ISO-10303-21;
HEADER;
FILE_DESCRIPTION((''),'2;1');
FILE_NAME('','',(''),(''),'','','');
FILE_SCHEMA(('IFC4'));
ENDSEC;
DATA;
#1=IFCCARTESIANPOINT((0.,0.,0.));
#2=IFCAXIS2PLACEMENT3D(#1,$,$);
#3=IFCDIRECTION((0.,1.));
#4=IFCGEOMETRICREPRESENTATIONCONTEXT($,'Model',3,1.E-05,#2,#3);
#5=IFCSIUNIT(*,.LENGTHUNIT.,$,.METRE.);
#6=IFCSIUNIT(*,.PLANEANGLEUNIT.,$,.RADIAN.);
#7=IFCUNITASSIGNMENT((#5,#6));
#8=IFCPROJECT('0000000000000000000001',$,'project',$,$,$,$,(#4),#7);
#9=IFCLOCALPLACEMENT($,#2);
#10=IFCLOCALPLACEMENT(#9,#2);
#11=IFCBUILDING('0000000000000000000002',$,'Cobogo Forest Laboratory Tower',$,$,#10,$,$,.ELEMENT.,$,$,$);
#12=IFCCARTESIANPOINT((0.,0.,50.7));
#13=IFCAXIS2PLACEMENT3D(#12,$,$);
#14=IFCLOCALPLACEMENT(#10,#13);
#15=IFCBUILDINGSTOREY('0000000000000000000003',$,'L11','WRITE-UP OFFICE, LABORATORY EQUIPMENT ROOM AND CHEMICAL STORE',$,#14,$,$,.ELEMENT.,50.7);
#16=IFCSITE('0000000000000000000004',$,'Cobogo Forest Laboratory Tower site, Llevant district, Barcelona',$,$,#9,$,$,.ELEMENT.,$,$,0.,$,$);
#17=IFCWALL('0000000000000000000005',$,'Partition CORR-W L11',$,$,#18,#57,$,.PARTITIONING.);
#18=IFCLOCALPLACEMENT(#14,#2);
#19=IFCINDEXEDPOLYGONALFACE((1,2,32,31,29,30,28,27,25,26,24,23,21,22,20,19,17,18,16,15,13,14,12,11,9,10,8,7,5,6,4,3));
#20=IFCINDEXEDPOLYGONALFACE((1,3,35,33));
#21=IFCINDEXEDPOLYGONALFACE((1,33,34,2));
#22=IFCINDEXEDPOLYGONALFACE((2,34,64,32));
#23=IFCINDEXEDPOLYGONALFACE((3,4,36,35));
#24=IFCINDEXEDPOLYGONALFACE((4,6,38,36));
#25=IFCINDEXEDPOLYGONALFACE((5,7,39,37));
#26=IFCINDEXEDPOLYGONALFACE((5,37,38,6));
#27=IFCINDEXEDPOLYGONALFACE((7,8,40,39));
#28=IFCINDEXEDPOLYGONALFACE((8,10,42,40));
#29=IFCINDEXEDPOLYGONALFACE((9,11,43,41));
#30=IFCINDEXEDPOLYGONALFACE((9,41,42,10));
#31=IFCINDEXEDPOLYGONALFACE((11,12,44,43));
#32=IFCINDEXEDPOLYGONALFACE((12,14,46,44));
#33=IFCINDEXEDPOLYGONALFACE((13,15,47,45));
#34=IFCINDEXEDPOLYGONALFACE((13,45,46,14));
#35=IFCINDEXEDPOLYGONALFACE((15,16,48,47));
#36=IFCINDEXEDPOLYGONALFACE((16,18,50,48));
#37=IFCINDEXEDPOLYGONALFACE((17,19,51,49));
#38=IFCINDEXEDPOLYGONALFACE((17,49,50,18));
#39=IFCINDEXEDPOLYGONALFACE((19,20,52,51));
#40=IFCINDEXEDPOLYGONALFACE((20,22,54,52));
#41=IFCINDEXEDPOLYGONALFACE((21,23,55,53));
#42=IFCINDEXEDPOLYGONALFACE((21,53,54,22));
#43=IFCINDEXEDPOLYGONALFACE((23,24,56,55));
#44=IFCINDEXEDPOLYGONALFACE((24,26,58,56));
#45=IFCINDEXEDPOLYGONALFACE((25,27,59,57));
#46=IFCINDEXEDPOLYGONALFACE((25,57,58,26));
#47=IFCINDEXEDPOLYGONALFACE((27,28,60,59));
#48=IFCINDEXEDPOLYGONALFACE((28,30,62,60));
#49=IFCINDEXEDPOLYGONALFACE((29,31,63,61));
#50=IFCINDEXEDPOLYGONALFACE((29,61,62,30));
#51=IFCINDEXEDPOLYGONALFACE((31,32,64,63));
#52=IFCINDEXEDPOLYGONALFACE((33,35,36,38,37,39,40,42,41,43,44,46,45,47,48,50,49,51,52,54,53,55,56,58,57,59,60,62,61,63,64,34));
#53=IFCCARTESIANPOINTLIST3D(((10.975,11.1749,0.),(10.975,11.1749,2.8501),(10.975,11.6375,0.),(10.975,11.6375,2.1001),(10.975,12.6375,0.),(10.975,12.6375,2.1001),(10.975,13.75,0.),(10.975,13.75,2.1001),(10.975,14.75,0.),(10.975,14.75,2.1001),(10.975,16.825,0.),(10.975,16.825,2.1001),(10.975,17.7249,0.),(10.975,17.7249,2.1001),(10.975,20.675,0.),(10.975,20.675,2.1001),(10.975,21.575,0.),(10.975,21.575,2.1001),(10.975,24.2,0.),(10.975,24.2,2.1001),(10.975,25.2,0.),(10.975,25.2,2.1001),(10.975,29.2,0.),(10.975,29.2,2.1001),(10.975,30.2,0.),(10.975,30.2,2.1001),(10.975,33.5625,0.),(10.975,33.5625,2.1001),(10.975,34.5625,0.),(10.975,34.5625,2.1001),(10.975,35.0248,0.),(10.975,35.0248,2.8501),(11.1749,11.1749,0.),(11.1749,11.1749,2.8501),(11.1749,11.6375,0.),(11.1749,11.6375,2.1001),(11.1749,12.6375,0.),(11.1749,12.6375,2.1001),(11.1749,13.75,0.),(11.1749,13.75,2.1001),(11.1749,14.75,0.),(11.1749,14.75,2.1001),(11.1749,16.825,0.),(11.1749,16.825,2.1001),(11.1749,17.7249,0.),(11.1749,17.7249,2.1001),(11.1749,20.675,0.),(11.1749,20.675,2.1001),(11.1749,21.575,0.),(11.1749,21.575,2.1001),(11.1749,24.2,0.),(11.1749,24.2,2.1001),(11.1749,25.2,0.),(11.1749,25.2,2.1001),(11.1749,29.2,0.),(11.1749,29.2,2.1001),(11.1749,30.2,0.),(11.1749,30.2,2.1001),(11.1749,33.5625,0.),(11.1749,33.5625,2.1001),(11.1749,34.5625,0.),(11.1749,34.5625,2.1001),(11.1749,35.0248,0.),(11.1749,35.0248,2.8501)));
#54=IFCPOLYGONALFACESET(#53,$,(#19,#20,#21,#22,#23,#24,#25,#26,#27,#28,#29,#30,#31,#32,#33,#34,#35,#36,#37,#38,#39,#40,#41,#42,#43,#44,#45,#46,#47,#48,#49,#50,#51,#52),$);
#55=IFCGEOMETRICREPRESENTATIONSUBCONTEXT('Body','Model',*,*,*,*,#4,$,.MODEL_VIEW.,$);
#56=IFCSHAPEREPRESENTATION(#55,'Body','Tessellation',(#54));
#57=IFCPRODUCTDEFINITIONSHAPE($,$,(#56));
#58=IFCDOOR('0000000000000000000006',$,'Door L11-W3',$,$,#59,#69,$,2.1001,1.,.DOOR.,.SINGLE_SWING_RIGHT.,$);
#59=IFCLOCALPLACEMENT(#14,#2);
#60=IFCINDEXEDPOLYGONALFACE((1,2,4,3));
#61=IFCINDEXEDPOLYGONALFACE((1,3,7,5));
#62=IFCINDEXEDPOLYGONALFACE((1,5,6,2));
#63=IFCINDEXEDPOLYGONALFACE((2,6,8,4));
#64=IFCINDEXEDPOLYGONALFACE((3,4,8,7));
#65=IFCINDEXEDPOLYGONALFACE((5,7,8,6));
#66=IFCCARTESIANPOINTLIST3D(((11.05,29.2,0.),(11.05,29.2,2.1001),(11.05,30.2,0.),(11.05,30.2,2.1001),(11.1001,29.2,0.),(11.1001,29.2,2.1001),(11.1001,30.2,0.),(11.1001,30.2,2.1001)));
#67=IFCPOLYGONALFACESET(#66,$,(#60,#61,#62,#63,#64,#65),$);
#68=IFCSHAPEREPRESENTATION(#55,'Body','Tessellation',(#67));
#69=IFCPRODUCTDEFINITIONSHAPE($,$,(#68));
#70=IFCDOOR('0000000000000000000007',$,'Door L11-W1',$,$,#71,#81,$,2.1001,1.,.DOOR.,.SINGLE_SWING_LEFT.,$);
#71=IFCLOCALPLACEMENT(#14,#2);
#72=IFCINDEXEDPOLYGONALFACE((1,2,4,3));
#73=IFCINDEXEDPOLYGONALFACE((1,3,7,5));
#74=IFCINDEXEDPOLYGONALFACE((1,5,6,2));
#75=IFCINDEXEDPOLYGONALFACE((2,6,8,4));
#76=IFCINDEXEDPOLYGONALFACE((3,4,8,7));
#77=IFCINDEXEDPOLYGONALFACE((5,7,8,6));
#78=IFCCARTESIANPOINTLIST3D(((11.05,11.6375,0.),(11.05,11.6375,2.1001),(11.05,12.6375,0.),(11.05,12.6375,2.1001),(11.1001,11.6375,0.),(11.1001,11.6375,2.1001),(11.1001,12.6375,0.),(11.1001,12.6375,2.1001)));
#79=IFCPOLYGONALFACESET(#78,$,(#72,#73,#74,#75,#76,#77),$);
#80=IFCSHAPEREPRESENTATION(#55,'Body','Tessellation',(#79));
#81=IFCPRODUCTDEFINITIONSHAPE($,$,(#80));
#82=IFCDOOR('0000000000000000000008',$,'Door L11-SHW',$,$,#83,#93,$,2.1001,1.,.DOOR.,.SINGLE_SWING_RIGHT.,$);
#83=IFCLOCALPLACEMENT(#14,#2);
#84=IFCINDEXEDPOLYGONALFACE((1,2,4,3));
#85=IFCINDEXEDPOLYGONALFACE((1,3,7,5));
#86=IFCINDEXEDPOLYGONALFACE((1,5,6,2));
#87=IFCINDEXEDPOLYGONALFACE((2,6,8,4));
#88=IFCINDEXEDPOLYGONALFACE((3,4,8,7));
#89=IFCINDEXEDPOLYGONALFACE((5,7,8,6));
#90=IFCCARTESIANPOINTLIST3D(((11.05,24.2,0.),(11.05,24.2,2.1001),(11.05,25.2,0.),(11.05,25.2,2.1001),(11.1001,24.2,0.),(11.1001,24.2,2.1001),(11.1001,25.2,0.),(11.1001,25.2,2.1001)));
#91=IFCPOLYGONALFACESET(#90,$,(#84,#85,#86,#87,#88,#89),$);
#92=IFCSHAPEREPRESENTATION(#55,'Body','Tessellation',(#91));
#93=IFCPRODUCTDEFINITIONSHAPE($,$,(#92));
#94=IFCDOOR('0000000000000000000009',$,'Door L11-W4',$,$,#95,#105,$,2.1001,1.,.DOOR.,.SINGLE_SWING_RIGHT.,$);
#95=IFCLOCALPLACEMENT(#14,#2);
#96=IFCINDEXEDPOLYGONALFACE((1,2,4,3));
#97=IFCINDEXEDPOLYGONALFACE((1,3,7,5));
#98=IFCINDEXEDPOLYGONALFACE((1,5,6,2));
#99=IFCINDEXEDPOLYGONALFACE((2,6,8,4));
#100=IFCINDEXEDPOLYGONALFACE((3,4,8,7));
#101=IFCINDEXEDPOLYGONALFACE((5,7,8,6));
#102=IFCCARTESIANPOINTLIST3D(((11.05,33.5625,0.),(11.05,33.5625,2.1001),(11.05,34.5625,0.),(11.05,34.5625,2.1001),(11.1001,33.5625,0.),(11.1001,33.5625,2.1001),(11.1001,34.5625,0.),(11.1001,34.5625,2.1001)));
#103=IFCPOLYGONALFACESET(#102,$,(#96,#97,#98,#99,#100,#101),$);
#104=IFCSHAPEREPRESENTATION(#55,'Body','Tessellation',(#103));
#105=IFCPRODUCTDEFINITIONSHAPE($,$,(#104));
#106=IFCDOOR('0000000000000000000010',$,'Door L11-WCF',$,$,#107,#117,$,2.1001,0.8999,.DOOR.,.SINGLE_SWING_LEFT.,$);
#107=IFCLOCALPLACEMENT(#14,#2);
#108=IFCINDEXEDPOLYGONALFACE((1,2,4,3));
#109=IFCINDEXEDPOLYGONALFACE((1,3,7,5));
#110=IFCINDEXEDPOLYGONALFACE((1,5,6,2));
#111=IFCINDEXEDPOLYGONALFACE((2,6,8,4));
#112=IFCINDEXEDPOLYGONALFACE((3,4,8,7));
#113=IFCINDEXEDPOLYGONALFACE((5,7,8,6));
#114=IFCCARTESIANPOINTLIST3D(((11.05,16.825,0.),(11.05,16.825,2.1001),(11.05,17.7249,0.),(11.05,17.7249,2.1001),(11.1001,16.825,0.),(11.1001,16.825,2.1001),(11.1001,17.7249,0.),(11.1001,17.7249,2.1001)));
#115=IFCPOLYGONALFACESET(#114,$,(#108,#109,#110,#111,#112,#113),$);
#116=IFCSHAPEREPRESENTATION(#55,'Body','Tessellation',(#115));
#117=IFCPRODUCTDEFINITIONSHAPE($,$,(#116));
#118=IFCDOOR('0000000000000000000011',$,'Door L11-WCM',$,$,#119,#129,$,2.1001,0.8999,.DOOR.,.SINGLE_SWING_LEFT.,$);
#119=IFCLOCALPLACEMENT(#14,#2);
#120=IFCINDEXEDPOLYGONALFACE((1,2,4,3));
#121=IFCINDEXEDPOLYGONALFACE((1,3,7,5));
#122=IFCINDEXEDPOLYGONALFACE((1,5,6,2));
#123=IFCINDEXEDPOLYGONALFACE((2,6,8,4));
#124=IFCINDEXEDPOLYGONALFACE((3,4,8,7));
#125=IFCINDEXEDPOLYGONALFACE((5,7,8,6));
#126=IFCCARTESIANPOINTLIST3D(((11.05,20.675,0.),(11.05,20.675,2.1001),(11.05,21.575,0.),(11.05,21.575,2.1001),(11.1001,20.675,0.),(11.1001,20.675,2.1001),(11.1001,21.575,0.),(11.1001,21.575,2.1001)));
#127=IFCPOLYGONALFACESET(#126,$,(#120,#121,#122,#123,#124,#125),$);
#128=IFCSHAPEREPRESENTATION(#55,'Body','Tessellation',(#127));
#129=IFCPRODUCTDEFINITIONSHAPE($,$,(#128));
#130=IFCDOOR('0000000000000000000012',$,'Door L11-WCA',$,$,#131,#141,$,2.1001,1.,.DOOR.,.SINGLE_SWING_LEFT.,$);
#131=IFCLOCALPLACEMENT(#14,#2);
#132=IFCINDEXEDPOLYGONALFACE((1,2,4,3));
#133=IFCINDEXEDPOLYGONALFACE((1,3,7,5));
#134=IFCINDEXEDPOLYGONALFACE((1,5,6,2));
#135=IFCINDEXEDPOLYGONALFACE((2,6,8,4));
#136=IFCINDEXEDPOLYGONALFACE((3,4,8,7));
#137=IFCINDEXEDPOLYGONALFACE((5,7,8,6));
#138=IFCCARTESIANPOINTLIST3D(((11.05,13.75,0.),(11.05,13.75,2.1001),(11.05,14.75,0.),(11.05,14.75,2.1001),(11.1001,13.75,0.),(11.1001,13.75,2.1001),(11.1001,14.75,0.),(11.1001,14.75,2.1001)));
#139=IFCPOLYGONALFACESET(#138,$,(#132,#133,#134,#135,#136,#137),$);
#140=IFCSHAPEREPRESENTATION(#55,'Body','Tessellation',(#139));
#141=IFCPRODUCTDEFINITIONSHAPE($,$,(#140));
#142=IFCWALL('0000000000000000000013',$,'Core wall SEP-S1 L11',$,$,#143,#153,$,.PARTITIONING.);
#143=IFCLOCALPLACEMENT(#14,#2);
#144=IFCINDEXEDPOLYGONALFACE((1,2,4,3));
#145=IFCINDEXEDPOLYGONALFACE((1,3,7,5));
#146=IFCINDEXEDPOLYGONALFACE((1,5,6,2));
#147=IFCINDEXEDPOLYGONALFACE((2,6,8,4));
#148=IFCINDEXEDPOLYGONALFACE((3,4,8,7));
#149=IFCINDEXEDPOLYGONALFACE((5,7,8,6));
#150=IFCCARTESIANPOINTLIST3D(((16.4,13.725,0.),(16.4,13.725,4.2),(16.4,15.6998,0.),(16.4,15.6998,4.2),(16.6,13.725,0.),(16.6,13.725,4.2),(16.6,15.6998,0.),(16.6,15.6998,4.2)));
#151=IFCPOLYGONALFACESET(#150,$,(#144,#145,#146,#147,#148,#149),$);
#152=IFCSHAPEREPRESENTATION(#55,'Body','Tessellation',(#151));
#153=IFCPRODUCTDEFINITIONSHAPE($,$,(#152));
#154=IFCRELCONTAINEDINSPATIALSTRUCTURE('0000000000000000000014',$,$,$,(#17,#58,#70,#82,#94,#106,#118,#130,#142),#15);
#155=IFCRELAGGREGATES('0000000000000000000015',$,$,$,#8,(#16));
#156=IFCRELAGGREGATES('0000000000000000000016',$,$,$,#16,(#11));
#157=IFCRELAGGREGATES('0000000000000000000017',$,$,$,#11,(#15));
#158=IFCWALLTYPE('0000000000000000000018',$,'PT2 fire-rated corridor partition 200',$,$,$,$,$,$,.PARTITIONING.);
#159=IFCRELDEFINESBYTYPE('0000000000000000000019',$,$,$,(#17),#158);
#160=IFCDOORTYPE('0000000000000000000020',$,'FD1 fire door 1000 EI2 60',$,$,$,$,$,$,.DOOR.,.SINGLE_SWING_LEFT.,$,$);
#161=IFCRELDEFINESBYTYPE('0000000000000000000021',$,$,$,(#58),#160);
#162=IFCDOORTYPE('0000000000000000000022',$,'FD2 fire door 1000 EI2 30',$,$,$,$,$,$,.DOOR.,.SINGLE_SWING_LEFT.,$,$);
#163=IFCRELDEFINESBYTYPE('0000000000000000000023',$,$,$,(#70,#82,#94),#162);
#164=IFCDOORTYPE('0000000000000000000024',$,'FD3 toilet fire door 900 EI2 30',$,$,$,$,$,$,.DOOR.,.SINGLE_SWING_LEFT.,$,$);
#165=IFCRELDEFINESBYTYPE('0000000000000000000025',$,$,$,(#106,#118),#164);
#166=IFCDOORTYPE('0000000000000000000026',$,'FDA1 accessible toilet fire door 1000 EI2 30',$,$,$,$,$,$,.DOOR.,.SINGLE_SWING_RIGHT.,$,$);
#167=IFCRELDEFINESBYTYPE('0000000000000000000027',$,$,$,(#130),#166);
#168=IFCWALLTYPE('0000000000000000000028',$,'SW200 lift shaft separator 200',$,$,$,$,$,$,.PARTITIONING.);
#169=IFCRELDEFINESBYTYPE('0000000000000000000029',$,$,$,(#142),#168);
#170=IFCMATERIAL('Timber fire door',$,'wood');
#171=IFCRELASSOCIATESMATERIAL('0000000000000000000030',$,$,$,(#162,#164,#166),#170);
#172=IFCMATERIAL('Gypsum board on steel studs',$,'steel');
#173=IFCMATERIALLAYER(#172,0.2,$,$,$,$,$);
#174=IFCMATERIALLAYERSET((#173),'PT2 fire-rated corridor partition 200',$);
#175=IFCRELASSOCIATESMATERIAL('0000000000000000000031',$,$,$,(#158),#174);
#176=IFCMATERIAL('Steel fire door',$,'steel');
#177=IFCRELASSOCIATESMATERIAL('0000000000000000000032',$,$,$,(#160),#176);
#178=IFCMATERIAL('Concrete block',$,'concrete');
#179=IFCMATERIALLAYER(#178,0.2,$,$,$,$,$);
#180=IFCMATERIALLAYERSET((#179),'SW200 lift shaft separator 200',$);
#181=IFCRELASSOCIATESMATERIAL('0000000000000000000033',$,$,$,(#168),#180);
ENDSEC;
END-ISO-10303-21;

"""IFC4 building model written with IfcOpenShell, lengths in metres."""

from ifc_helpers import new_model, si_unit, direction, frame, frame_2d, origin, place, context, subcontext, project, spatial, rectangle, extrude, material, layer, layer_set, type_object, element, fill, save


model = new_model("IFC4")

# Units and contexts
model_context = context("Model", 3, precision=1e-05, world=origin(), true_north=direction((0.0, 1.0)))
body_context = subcontext(model_context, "Body", "Model", "MODEL_VIEW")
ifc_project = project(units=[si_unit("LENGTHUNIT", "METRE"), si_unit("PLANEANGLEUNIT", "RADIAN")], contexts=[model_context])

# Site, building, storey
site_placement = place(None, origin())
site = spatial("IfcSite", under=ifc_project, at=site_placement, Name="Cobogo Forest Laboratory Tower site, Llevant district, Barcelona", CompositionType="ELEMENT", RefElevation=0.0)
building_placement = place(site_placement, origin())
building = spatial("IfcBuilding", under=site, at=building_placement, Name="Cobogo Forest Laboratory Tower", CompositionType="ELEMENT")
storey_placement = place(building_placement, frame((0.0, 0.0, 50.7)))
storey = spatial("IfcBuildingStorey", under=building, at=storey_placement, Name="L11", Description="WRITE-UP OFFICE, LABORATORY EQUIPMENT ROOM AND CHEMICAL STORE", CompositionType="ELEMENT", Elevation=50.7)

# Shared definitions
ifc_material_1 = material(Name="Gypsum board on steel studs", Category="steel")

# Shared definitions
ifc_material_2 = material(Name="Timber fire door", Category="wood")
door_type_1 = type_object("IfcDoorType", Name="FD2 fire door 1000 EI2 30", OperationType="SINGLE_SWING_LEFT", PredefinedType="DOOR", material=ifc_material_2)

# Shared definitions
ifc_layer_1 = layer(ifc_material_1, 0.2)
ifc_layer_set_1 = layer_set([ifc_layer_1], Name="PT2 fire-rated corridor partition 200")
wall_type_1 = type_object("IfcWallType", Name="PT2 fire-rated corridor partition 200", PredefinedType="PARTITIONING", material=ifc_layer_set_1)

# Wall, openings, doors
wall_1_placement = place(storey_placement, frame((11.075, 11.175, 0.0), z_axis=(0.0, 0.0, 1.0), x_axis=(0.0, 1.0, 0.0)))
wall_1 = element("IfcWall", 1, at=wall_1_placement, inside=storey, type_object=wall_type_1, Name="Partition CORR-W L11", PredefinedType="PARTITIONING", context=body_context, shape_type="SweptSolid", body=[
    extrude(rectangle(XDim=23.8499, YDim=0.2, at=frame_2d((11.9248, 0.0))), origin(), (0.0, 0.0, 1.0), 2.8501),
])
opening_1_placement = place(wall_1_placement, frame((0.4624, 0.0, 0.0)))
opening_1 = element("IfcOpeningElement", 2, at=opening_1_placement, cuts=wall_1, PredefinedType="OPENING", context=body_context, shape_type="SweptSolid", body=[
    extrude(rectangle(XDim=1.0, YDim=2.1001, at=frame_2d((0.5, 1.05))), frame((0.0, 0.1099, 0.0), z_axis=(0.0, -1.0, 0.0), x_axis=(1.0, 0.0, 0.0)), (0.0, 0.0, 1.0), 0.22),
])
opening_2_placement = place(wall_1_placement, frame((2.575, 0.0, 0.0)))
opening_2 = element("IfcOpeningElement", 3, at=opening_2_placement, cuts=wall_1, PredefinedType="OPENING", context=body_context, shape_type="SweptSolid", body=[
    extrude(rectangle(XDim=1.0, YDim=2.1001, at=frame_2d((0.5, 1.05))), frame((0.0, 0.1099, 0.0), z_axis=(0.0, -1.0, 0.0), x_axis=(1.0, 0.0, 0.0)), (0.0, 0.0, 1.0), 0.22),
])
opening_3_placement = place(wall_1_placement, frame((5.6499, 0.0, 0.0)))
opening_3 = element("IfcOpeningElement", 4, at=opening_3_placement, cuts=wall_1, PredefinedType="OPENING", context=body_context, shape_type="SweptSolid", body=[
    extrude(rectangle(XDim=0.8999, YDim=2.1001, at=frame_2d((0.45, 1.05))), frame((0.0, 0.1099, 0.0), z_axis=(0.0, -1.0, 0.0), x_axis=(1.0, 0.0, 0.0)), (0.0, 0.0, 1.0), 0.22),
])
opening_4_placement = place(wall_1_placement, frame((9.5, 0.0, 0.0)))
opening_4 = element("IfcOpeningElement", 5, at=opening_4_placement, cuts=wall_1, PredefinedType="OPENING", context=body_context, shape_type="SweptSolid", body=[
    extrude(rectangle(XDim=0.8999, YDim=2.1001, at=frame_2d((0.45, 1.05))), frame((0.0, 0.1099, 0.0), z_axis=(0.0, -1.0, 0.0), x_axis=(1.0, 0.0, 0.0)), (0.0, 0.0, 1.0), 0.22),
])
opening_5_placement = place(wall_1_placement, frame((13.0249, 0.0, 0.0)))
opening_5 = element("IfcOpeningElement", 6, at=opening_5_placement, cuts=wall_1, PredefinedType="OPENING", context=body_context, shape_type="SweptSolid", body=[
    extrude(rectangle(XDim=1.0, YDim=2.1001, at=frame_2d((0.5, 1.05))), frame((0.0, 0.1099, 0.0), z_axis=(0.0, -1.0, 0.0), x_axis=(1.0, 0.0, 0.0)), (0.0, 0.0, 1.0), 0.22),
])
opening_6_placement = place(wall_1_placement, frame((18.0249, 0.0, 0.0)))
opening_6 = element("IfcOpeningElement", 7, at=opening_6_placement, cuts=wall_1, PredefinedType="OPENING", context=body_context, shape_type="SweptSolid", body=[
    extrude(rectangle(XDim=1.0, YDim=2.1001, at=frame_2d((0.5, 1.05))), frame((0.0, 0.1099, 0.0), z_axis=(0.0, -1.0, 0.0), x_axis=(1.0, 0.0, 0.0)), (0.0, 0.0, 1.0), 0.22),
])
opening_7_placement = place(wall_1_placement, frame((22.3875, 0.0, 0.0)))
opening_7 = element("IfcOpeningElement", 8, at=opening_7_placement, cuts=wall_1, PredefinedType="OPENING", context=body_context, shape_type="SweptSolid", body=[
    extrude(rectangle(XDim=1.0, YDim=2.1001, at=frame_2d((0.5, 1.05))), frame((0.0, 0.1099, 0.0), z_axis=(0.0, -1.0, 0.0), x_axis=(1.0, 0.0, 0.0)), (0.0, 0.0, 1.0), 0.22),
])
ifc_material_3 = material(Name="Steel fire door", Category="steel")
door_type_2 = type_object("IfcDoorType", Name="FD1 fire door 1000 EI2 60", OperationType="SINGLE_SWING_LEFT", PredefinedType="DOOR", material=ifc_material_3)
door_1_placement = place(opening_6_placement, origin())
door_1 = element("IfcDoor", 9, at=door_1_placement, inside=storey, type_object=door_type_2, Name="Door L11-W3", OperationType="SINGLE_SWING_RIGHT", OverallHeight=2.1001, OverallWidth=1.0, PredefinedType="DOOR", context=body_context, shape_type="SweptSolid", body=[
    extrude(rectangle(XDim=1.0, YDim=2.1001, at=frame_2d((0.5, 1.05))), frame((0.0, 0.0249, 0.0), z_axis=(0.0, -1.0, 0.0), x_axis=(1.0, 0.0, 0.0)), (0.0, 0.0, 1.0), 0.05),
])
fill(opening_6, door_1)
door_2_placement = place(opening_1_placement, origin())
door_2 = element("IfcDoor", 10, at=door_2_placement, inside=storey, type_object=door_type_1, Name="Door L11-W1", OperationType="SINGLE_SWING_LEFT", OverallHeight=2.1001, OverallWidth=1.0, PredefinedType="DOOR", context=body_context, shape_type="SweptSolid", body=[
    extrude(rectangle(XDim=1.0, YDim=2.1001, at=frame_2d((0.5, 1.05))), frame((0.0, 0.0249, 0.0), z_axis=(0.0, -1.0, 0.0), x_axis=(1.0, 0.0, 0.0)), (0.0, 0.0, 1.0), 0.05),
])
fill(opening_1, door_2)
door_3_placement = place(opening_5_placement, origin())
door_3 = element("IfcDoor", 11, at=door_3_placement, inside=storey, type_object=door_type_1, Name="Door L11-SHW", OperationType="SINGLE_SWING_RIGHT", OverallHeight=2.1001, OverallWidth=1.0, PredefinedType="DOOR", context=body_context, shape_type="SweptSolid", body=[
    extrude(rectangle(XDim=1.0, YDim=2.1001, at=frame_2d((0.5, 1.05))), frame((0.0, 0.0249, 0.0), z_axis=(0.0, -1.0, 0.0), x_axis=(1.0, 0.0, 0.0)), (0.0, 0.0, 1.0), 0.05),
])
fill(opening_5, door_3)
door_4_placement = place(opening_7_placement, origin())
door_4 = element("IfcDoor", 12, at=door_4_placement, inside=storey, type_object=door_type_1, Name="Door L11-W4", OperationType="SINGLE_SWING_RIGHT", OverallHeight=2.1001, OverallWidth=1.0, PredefinedType="DOOR", context=body_context, shape_type="SweptSolid", body=[
    extrude(rectangle(XDim=1.0, YDim=2.1001, at=frame_2d((0.5, 1.05))), frame((0.0, 0.0249, 0.0), z_axis=(0.0, -1.0, 0.0), x_axis=(1.0, 0.0, 0.0)), (0.0, 0.0, 1.0), 0.05),
])
fill(opening_7, door_4)
door_type_3 = type_object("IfcDoorType", Name="FD3 toilet fire door 900 EI2 30", OperationType="SINGLE_SWING_LEFT", PredefinedType="DOOR", material=ifc_material_2)
door_5_placement = place(opening_3_placement, origin())
door_5 = element("IfcDoor", 13, at=door_5_placement, inside=storey, type_object=door_type_3, Name="Door L11-WCF", OperationType="SINGLE_SWING_LEFT", OverallHeight=2.1001, OverallWidth=0.8999, PredefinedType="DOOR", context=body_context, shape_type="SweptSolid", body=[
    extrude(rectangle(XDim=0.8999, YDim=2.1001, at=frame_2d((0.45, 1.05))), frame((0.0, 0.0249, 0.0), z_axis=(0.0, -1.0, 0.0), x_axis=(1.0, 0.0, 0.0)), (0.0, 0.0, 1.0), 0.05),
])
fill(opening_3, door_5)
door_6_placement = place(opening_4_placement, origin())
door_6 = element("IfcDoor", 14, at=door_6_placement, inside=storey, type_object=door_type_3, Name="Door L11-WCM", OperationType="SINGLE_SWING_LEFT", OverallHeight=2.1001, OverallWidth=0.8999, PredefinedType="DOOR", context=body_context, shape_type="SweptSolid", body=[
    extrude(rectangle(XDim=0.8999, YDim=2.1001, at=frame_2d((0.45, 1.05))), frame((0.0, 0.0249, 0.0), z_axis=(0.0, -1.0, 0.0), x_axis=(1.0, 0.0, 0.0)), (0.0, 0.0, 1.0), 0.05),
])
fill(opening_4, door_6)
door_type_4 = type_object("IfcDoorType", Name="FDA1 accessible toilet fire door 1000 EI2 30", OperationType="SINGLE_SWING_RIGHT", PredefinedType="DOOR", material=ifc_material_2)
door_7_placement = place(opening_2_placement, origin())
door_7 = element("IfcDoor", 15, at=door_7_placement, inside=storey, type_object=door_type_4, Name="Door L11-WCA", OperationType="SINGLE_SWING_LEFT", OverallHeight=2.1001, OverallWidth=1.0, PredefinedType="DOOR", context=body_context, shape_type="SweptSolid", body=[
    extrude(rectangle(XDim=1.0, YDim=2.1001, at=frame_2d((0.5, 1.05))), frame((0.0, 0.0249, 0.0), z_axis=(0.0, -1.0, 0.0), x_axis=(1.0, 0.0, 0.0)), (0.0, 0.0, 1.0), 0.05),
])
fill(opening_2, door_7)

# Wall
ifc_material_4 = material(Name="Concrete block", Category="concrete")
ifc_layer_2 = layer(ifc_material_4, 0.2)
ifc_layer_set_2 = layer_set([ifc_layer_2], Name="SW200 lift shaft separator 200")
wall_type_2 = type_object("IfcWallType", Name="SW200 lift shaft separator 200", PredefinedType="PARTITIONING", material=ifc_layer_set_2)
wall_2_placement = place(storey_placement, frame((16.5, 13.7251, 0.0), z_axis=(0.0, 0.0, 1.0), x_axis=(0.0, 1.0, 0.0)))
element("IfcWall", 16, at=wall_2_placement, inside=storey, type_object=wall_type_2, Name="Core wall SEP-S1 L11", PredefinedType="PARTITIONING", context=body_context, shape_type="SweptSolid", body=[
    extrude(rectangle(XDim=1.9749, YDim=0.2, at=frame_2d((0.9873, 0.0))), origin(), (0.0, 0.0, 1.0), 4.2),
])

save(model, "model.ifc")
